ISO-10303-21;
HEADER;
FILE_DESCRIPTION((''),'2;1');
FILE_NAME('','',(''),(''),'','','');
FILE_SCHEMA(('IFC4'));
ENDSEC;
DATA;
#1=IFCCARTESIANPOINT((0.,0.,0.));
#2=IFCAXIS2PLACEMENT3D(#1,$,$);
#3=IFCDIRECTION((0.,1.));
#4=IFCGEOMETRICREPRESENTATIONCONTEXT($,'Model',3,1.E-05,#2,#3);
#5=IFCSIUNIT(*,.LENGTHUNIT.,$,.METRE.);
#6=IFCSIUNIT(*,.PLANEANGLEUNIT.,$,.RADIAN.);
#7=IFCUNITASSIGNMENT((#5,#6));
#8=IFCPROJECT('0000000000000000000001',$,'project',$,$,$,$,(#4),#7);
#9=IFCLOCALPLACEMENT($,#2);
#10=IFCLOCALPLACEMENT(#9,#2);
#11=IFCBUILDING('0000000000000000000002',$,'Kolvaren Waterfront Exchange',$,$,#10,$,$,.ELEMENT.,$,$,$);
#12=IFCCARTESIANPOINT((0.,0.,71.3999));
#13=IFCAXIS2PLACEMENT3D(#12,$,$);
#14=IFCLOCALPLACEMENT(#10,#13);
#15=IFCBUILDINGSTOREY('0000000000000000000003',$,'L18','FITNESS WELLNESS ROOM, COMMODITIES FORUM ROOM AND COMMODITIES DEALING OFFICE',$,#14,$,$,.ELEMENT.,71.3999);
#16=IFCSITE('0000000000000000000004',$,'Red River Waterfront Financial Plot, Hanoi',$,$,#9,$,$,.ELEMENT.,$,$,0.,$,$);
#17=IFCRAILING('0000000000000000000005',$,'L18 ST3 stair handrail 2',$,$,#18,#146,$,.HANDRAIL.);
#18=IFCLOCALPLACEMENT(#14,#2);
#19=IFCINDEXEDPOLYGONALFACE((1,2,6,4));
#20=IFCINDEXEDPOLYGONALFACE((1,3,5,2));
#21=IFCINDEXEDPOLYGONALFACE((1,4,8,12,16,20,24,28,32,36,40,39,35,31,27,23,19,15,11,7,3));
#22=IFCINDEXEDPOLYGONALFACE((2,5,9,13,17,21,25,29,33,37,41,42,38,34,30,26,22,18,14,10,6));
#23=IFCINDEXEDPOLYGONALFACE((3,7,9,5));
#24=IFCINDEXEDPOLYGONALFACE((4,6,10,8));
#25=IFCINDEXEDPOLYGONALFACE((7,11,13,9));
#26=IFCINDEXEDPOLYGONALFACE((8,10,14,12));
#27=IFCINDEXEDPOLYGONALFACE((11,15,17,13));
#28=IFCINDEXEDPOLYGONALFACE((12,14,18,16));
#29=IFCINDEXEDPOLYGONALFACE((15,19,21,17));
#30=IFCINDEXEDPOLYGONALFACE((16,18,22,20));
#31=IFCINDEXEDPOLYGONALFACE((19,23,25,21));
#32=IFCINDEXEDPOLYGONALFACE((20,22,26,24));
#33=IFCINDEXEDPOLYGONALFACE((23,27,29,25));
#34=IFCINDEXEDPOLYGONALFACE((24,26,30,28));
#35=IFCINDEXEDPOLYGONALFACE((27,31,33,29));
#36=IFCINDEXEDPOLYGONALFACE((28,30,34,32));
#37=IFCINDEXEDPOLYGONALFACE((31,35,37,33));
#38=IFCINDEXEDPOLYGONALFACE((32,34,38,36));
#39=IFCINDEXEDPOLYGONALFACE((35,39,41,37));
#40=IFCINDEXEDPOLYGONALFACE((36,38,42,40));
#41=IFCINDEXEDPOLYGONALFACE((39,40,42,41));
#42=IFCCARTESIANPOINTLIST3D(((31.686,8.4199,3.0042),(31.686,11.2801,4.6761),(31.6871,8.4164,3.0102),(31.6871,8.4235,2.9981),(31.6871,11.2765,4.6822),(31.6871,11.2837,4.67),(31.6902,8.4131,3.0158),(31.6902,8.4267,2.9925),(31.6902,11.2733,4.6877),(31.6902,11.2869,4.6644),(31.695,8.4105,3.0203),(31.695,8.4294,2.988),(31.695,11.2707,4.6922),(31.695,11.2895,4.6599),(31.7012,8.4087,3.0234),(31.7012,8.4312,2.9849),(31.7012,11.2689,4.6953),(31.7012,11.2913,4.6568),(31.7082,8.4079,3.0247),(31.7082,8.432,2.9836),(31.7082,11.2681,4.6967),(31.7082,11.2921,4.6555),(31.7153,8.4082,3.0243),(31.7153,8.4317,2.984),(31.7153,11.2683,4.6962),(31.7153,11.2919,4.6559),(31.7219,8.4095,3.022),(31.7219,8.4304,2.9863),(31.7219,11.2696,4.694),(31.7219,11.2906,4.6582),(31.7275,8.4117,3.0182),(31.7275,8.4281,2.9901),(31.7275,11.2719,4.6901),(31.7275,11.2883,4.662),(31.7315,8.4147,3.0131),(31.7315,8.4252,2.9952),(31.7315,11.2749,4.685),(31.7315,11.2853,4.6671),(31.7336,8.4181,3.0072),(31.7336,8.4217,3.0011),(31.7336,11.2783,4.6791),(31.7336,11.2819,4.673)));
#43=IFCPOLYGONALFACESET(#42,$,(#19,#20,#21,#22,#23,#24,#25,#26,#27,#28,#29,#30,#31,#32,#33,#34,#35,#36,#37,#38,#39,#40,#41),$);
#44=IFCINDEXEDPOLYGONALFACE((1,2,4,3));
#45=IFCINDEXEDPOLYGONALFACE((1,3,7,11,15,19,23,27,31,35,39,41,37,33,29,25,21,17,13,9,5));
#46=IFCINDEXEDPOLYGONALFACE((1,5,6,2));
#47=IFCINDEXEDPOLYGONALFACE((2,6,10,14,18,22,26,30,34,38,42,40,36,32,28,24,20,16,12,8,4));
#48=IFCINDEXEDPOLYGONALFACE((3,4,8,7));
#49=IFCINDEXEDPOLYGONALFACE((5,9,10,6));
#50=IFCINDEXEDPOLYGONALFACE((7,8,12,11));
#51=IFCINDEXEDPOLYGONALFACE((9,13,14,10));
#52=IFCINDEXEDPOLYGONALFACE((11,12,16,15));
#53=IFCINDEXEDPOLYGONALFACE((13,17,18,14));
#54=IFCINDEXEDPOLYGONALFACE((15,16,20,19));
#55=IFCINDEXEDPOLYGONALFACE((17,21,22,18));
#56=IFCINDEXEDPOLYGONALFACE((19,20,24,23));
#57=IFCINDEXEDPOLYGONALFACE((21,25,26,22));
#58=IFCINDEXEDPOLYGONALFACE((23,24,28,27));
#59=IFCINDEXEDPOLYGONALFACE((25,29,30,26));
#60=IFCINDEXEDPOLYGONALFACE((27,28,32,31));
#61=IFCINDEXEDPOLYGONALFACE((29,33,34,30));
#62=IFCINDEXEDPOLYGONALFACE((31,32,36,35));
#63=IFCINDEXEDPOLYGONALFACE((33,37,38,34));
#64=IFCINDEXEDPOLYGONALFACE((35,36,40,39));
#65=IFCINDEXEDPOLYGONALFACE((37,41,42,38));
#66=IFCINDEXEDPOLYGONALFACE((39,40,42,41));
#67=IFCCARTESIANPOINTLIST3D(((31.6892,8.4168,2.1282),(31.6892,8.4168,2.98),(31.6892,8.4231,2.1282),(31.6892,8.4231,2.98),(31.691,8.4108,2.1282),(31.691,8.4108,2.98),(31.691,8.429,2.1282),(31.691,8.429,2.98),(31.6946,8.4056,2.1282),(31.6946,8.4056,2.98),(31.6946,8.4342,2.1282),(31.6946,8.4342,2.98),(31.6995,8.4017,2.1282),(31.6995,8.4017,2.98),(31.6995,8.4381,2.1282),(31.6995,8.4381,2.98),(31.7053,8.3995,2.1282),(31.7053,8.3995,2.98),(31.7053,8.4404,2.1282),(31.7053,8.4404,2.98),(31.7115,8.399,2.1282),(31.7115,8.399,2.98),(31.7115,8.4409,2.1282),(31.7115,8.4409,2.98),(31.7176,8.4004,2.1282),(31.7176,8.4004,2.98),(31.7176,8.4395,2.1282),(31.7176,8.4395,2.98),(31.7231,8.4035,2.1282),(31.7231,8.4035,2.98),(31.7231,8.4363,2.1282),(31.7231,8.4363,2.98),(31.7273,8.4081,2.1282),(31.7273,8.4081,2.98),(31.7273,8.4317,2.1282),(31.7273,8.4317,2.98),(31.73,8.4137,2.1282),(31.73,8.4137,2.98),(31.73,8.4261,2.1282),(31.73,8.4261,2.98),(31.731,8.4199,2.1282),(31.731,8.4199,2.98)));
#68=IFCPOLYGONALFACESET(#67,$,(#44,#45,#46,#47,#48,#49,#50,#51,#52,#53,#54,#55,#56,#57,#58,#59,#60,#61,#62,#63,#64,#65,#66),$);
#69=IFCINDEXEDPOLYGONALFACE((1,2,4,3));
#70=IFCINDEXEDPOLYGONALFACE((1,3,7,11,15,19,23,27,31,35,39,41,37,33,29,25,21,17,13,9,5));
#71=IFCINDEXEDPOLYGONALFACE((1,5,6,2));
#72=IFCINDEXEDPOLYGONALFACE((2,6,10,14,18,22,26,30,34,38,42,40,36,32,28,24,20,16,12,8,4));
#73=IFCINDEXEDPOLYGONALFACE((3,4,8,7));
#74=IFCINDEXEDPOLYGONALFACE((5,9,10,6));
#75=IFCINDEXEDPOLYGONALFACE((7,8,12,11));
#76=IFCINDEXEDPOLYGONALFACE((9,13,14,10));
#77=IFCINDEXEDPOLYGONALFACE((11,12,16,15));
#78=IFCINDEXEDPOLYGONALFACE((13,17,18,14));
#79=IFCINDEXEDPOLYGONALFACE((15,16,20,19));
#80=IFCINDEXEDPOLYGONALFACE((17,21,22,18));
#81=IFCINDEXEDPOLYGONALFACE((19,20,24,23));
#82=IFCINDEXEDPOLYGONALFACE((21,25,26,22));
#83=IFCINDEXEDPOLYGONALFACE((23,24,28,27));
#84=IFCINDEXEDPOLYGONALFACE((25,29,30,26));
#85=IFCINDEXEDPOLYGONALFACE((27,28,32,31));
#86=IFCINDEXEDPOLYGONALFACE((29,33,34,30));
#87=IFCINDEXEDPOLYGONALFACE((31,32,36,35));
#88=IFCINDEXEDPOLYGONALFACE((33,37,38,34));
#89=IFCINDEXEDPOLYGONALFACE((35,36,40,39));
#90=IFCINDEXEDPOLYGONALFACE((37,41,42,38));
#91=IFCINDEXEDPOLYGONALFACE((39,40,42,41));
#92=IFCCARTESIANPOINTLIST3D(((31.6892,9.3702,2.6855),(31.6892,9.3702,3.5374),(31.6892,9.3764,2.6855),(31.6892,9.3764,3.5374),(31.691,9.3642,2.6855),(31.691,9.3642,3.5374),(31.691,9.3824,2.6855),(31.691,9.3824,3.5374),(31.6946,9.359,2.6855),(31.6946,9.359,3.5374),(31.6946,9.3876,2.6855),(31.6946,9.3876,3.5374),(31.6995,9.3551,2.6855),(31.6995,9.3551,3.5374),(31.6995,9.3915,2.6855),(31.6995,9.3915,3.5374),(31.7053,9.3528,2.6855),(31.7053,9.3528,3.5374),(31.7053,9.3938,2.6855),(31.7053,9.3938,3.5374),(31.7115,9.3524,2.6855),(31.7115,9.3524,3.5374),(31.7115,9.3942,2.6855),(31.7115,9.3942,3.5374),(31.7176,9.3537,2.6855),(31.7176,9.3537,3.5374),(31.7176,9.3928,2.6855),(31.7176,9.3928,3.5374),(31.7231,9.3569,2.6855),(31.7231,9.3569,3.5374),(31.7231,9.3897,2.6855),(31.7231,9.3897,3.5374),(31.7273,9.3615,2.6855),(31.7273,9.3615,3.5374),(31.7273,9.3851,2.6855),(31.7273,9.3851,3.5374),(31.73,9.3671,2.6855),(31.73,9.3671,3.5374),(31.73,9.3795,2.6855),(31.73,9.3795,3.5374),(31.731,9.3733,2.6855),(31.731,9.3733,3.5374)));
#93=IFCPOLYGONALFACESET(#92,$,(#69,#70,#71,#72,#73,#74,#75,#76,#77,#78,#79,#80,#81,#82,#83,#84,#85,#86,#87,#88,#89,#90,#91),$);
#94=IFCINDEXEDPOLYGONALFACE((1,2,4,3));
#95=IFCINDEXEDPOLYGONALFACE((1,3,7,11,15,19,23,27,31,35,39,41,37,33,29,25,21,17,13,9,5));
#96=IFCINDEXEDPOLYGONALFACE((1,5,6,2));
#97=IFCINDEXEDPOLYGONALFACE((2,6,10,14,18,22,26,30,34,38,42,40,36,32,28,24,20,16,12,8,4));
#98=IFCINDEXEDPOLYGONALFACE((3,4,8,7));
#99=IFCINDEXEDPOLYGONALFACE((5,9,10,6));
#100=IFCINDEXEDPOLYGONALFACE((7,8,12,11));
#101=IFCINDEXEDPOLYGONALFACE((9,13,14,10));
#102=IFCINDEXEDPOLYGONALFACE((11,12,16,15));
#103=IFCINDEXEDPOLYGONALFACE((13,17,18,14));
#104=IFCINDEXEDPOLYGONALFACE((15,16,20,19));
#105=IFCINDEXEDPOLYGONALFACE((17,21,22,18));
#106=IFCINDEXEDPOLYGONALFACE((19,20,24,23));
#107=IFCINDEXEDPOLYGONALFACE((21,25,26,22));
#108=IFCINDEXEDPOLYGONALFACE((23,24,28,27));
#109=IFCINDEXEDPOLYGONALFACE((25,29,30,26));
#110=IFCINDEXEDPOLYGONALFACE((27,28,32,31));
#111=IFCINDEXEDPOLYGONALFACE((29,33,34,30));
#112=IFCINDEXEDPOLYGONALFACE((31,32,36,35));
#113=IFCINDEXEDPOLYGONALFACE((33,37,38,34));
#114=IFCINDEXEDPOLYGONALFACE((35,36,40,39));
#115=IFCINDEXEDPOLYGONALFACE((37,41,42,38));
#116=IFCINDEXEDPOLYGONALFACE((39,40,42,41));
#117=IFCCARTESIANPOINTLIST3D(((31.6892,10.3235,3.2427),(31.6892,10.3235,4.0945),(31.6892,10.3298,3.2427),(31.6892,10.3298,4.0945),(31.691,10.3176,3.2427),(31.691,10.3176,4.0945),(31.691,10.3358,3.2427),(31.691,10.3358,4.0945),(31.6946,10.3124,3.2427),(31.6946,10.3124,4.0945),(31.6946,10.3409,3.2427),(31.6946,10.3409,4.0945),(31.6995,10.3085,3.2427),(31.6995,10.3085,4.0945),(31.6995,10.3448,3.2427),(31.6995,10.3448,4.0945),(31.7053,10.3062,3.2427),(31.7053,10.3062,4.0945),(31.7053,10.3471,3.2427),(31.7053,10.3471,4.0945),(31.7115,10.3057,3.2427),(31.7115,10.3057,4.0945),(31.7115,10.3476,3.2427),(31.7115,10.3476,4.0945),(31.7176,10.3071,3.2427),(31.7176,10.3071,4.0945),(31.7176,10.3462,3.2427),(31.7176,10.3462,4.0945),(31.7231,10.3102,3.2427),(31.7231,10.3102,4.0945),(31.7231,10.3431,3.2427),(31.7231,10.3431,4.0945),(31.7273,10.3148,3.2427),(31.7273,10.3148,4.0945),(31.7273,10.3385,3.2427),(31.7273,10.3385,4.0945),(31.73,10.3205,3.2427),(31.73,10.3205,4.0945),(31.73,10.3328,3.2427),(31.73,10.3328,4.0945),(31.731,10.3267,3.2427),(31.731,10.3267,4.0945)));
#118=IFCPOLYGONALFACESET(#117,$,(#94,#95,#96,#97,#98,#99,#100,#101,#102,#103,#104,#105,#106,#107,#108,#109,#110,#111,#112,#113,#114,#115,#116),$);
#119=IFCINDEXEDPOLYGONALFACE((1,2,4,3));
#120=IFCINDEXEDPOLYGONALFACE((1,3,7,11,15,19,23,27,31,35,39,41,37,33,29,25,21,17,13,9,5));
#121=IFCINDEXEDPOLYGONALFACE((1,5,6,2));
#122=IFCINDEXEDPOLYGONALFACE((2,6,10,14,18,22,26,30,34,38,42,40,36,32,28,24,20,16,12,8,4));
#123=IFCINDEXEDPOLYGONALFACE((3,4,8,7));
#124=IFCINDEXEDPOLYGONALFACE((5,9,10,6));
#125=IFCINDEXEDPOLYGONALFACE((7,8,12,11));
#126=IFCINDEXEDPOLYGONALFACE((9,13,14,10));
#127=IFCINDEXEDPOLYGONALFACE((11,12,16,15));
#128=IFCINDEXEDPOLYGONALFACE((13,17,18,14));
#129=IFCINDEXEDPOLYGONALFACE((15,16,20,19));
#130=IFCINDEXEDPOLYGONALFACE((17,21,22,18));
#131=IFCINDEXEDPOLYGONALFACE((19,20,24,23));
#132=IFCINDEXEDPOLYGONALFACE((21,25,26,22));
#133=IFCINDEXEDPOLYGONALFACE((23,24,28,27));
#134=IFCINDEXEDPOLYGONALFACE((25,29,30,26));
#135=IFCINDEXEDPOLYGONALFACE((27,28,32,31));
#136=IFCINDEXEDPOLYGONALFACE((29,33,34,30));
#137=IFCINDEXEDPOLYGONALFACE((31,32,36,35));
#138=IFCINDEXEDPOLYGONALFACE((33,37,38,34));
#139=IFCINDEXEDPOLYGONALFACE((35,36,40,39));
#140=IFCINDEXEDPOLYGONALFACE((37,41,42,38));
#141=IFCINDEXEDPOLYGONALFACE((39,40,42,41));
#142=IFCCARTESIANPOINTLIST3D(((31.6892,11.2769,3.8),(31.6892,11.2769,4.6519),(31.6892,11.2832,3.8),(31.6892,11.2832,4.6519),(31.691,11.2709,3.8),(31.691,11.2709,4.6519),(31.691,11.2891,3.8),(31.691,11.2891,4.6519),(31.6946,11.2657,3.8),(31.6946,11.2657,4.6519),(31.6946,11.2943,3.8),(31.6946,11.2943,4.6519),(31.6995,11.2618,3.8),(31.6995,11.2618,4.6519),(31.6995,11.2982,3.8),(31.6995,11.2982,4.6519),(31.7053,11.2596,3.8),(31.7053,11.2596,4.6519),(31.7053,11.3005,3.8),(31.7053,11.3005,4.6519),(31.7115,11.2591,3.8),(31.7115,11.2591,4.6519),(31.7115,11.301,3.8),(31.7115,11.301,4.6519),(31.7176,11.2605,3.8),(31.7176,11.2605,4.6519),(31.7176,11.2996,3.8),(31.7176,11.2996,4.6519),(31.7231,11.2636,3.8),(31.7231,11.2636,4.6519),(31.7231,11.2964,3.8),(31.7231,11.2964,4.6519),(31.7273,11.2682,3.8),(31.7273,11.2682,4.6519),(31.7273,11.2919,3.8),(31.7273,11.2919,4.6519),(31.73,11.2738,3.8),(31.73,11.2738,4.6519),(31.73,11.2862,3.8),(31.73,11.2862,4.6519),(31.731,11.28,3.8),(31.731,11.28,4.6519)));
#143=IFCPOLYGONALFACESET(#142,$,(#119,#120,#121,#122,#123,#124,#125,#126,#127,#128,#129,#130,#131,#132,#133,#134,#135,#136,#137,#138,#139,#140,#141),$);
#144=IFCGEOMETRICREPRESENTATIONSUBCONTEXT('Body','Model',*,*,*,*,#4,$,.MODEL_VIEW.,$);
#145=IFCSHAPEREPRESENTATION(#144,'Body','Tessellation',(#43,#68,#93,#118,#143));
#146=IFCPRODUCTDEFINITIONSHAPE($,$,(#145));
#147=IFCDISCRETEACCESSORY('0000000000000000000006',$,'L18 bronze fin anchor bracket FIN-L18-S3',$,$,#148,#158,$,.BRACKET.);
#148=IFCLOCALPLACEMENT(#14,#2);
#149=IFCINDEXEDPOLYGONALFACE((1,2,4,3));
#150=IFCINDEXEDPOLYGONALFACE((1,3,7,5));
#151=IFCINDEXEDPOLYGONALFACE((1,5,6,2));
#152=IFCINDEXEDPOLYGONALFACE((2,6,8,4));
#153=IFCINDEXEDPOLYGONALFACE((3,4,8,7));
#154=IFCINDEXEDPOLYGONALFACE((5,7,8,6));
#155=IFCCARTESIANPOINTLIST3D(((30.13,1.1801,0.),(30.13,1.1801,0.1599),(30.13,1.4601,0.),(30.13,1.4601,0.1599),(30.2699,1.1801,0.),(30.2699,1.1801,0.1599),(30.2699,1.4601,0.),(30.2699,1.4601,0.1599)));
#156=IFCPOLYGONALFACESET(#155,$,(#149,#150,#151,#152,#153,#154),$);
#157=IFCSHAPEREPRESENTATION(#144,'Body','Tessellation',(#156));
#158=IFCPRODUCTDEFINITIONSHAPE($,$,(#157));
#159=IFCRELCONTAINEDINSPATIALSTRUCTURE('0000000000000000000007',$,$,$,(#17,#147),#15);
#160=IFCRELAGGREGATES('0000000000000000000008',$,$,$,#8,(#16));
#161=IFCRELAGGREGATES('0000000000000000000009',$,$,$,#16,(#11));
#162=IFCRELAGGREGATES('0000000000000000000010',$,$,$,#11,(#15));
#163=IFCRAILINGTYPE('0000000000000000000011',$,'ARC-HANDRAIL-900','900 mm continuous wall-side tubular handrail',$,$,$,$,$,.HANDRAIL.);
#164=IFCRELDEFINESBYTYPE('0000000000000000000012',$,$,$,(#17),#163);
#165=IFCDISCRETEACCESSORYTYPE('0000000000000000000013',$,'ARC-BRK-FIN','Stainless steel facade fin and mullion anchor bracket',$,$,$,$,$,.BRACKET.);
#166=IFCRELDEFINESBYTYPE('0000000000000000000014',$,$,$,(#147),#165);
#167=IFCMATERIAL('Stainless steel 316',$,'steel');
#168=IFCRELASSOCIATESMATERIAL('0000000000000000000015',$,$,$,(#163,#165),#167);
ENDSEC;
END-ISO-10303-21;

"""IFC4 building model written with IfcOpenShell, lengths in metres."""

from ifc_helpers import new_model, si_unit, direction, frame, origin, origin_with_axes, origin_2d, place, context, subcontext, project, spatial, rectangle, circle, extrude, source, transform, mapped, material, type_object, element, save


model = new_model("IFC4")

# Units and contexts
model_context = context("Model", 3, precision=1e-05, world=origin(), true_north=direction((0.0, 1.0)))
body_context = subcontext(model_context, "Body", "Model", "MODEL_VIEW")
ifc_project = project(units=[si_unit("LENGTHUNIT", "METRE"), si_unit("PLANEANGLEUNIT", "RADIAN")], contexts=[model_context])

# Site, building, storey
site_placement = place(None, origin())
site = spatial("IfcSite", under=ifc_project, at=site_placement, Name="Red River Waterfront Financial Plot, Hanoi", CompositionType="ELEMENT", RefElevation=0.0)
building_placement = place(site_placement, origin())
building = spatial("IfcBuilding", under=site, at=building_placement, Name="Kolvaren Waterfront Exchange", CompositionType="ELEMENT")
storey_placement = place(building_placement, frame((0.0, 0.0, 71.3999)))
storey = spatial("IfcBuildingStorey", under=building, at=storey_placement, Name="L18", Description="FITNESS WELLNESS ROOM, COMMODITIES FORUM ROOM AND COMMODITIES DEALING OFFICE", CompositionType="ELEMENT", Elevation=71.3999)

# Railing
ifc_material_1 = material(Name="Stainless steel 316", Category="steel")
railing_type_1 = type_object("IfcRailingType", Name="ARC-HANDRAIL-900", Description="900 mm continuous wall-side tubular handrail", PredefinedType="HANDRAIL", material=ifc_material_1)
railing_1_placement = place(storey_placement, frame((31.71, 8.4199, 2.1282)))
element("IfcRailing", 1, at=railing_1_placement, inside=storey, type_object=railing_type_1, Name="L18 ST3 stair handrail 2", PredefinedType="HANDRAIL", context=body_context, shape_type="SweptSolid", body=[
    extrude(circle(Radius=0.0239, at=origin_2d()), frame((0.0, 0.0, 0.876), z_axis=(0.0, 0.863321, 0.504654), x_axis=(-1.0, 0.0, 0.0)), (0.0, 0.0, 1.0), 3.313),
    extrude(circle(Radius=0.021, at=origin_2d()), origin(), (0.0, 0.0, 1.0), 0.8518),
    extrude(circle(Radius=0.021, at=origin_2d()), frame((0.0, 0.9534, 0.5574)), (0.0, 0.0, 1.0), 0.8518),
    extrude(circle(Radius=0.021, at=origin_2d()), frame((0.0, 1.9067, 1.1145)), (0.0, 0.0, 1.0), 0.8518),
    extrude(circle(Radius=0.021, at=origin_2d()), frame((0.0, 2.8601, 1.6719)), (0.0, 0.0, 1.0), 0.8518),
])

# Discrete accessory
discrete_accessory_type = type_object("IfcDiscreteAccessoryType", Name="ARC-BRK-FIN", Description="Stainless steel facade fin and mullion anchor bracket", PredefinedType="BRACKET", material=ifc_material_1)
shared_shape_1 = source(origin_with_axes(), body_context, "Body", "SweptSolid", [
    extrude(rectangle(XDim=0.28, YDim=0.1399, at=origin_2d()), origin(), (0.0, 0.0, 1.0), 0.1599),
])
discrete_accessory_placement = place(storey_placement, frame((30.2, 1.3201, 0.0), z_axis=(0.0, 0.0, 1.0), x_axis=(0.0, -1.0, 0.0)))
element("IfcDiscreteAccessory", 2, at=discrete_accessory_placement, inside=storey, type_object=discrete_accessory_type, Name="L18 bronze fin anchor bracket FIN-L18-S3", PredefinedType="BRACKET", context=body_context, shape_type="MappedRepresentation", body=[
    mapped(shared_shape_1, transform((0.0, 0.0, 0.0), x_axis=(1.0, 0.0, 0.0), y_axis=(0.0, 1.0, 0.0), z_axis=(0.0, 0.0, 1.0), scale=1.0)),
])

save(model, "model.ifc")
